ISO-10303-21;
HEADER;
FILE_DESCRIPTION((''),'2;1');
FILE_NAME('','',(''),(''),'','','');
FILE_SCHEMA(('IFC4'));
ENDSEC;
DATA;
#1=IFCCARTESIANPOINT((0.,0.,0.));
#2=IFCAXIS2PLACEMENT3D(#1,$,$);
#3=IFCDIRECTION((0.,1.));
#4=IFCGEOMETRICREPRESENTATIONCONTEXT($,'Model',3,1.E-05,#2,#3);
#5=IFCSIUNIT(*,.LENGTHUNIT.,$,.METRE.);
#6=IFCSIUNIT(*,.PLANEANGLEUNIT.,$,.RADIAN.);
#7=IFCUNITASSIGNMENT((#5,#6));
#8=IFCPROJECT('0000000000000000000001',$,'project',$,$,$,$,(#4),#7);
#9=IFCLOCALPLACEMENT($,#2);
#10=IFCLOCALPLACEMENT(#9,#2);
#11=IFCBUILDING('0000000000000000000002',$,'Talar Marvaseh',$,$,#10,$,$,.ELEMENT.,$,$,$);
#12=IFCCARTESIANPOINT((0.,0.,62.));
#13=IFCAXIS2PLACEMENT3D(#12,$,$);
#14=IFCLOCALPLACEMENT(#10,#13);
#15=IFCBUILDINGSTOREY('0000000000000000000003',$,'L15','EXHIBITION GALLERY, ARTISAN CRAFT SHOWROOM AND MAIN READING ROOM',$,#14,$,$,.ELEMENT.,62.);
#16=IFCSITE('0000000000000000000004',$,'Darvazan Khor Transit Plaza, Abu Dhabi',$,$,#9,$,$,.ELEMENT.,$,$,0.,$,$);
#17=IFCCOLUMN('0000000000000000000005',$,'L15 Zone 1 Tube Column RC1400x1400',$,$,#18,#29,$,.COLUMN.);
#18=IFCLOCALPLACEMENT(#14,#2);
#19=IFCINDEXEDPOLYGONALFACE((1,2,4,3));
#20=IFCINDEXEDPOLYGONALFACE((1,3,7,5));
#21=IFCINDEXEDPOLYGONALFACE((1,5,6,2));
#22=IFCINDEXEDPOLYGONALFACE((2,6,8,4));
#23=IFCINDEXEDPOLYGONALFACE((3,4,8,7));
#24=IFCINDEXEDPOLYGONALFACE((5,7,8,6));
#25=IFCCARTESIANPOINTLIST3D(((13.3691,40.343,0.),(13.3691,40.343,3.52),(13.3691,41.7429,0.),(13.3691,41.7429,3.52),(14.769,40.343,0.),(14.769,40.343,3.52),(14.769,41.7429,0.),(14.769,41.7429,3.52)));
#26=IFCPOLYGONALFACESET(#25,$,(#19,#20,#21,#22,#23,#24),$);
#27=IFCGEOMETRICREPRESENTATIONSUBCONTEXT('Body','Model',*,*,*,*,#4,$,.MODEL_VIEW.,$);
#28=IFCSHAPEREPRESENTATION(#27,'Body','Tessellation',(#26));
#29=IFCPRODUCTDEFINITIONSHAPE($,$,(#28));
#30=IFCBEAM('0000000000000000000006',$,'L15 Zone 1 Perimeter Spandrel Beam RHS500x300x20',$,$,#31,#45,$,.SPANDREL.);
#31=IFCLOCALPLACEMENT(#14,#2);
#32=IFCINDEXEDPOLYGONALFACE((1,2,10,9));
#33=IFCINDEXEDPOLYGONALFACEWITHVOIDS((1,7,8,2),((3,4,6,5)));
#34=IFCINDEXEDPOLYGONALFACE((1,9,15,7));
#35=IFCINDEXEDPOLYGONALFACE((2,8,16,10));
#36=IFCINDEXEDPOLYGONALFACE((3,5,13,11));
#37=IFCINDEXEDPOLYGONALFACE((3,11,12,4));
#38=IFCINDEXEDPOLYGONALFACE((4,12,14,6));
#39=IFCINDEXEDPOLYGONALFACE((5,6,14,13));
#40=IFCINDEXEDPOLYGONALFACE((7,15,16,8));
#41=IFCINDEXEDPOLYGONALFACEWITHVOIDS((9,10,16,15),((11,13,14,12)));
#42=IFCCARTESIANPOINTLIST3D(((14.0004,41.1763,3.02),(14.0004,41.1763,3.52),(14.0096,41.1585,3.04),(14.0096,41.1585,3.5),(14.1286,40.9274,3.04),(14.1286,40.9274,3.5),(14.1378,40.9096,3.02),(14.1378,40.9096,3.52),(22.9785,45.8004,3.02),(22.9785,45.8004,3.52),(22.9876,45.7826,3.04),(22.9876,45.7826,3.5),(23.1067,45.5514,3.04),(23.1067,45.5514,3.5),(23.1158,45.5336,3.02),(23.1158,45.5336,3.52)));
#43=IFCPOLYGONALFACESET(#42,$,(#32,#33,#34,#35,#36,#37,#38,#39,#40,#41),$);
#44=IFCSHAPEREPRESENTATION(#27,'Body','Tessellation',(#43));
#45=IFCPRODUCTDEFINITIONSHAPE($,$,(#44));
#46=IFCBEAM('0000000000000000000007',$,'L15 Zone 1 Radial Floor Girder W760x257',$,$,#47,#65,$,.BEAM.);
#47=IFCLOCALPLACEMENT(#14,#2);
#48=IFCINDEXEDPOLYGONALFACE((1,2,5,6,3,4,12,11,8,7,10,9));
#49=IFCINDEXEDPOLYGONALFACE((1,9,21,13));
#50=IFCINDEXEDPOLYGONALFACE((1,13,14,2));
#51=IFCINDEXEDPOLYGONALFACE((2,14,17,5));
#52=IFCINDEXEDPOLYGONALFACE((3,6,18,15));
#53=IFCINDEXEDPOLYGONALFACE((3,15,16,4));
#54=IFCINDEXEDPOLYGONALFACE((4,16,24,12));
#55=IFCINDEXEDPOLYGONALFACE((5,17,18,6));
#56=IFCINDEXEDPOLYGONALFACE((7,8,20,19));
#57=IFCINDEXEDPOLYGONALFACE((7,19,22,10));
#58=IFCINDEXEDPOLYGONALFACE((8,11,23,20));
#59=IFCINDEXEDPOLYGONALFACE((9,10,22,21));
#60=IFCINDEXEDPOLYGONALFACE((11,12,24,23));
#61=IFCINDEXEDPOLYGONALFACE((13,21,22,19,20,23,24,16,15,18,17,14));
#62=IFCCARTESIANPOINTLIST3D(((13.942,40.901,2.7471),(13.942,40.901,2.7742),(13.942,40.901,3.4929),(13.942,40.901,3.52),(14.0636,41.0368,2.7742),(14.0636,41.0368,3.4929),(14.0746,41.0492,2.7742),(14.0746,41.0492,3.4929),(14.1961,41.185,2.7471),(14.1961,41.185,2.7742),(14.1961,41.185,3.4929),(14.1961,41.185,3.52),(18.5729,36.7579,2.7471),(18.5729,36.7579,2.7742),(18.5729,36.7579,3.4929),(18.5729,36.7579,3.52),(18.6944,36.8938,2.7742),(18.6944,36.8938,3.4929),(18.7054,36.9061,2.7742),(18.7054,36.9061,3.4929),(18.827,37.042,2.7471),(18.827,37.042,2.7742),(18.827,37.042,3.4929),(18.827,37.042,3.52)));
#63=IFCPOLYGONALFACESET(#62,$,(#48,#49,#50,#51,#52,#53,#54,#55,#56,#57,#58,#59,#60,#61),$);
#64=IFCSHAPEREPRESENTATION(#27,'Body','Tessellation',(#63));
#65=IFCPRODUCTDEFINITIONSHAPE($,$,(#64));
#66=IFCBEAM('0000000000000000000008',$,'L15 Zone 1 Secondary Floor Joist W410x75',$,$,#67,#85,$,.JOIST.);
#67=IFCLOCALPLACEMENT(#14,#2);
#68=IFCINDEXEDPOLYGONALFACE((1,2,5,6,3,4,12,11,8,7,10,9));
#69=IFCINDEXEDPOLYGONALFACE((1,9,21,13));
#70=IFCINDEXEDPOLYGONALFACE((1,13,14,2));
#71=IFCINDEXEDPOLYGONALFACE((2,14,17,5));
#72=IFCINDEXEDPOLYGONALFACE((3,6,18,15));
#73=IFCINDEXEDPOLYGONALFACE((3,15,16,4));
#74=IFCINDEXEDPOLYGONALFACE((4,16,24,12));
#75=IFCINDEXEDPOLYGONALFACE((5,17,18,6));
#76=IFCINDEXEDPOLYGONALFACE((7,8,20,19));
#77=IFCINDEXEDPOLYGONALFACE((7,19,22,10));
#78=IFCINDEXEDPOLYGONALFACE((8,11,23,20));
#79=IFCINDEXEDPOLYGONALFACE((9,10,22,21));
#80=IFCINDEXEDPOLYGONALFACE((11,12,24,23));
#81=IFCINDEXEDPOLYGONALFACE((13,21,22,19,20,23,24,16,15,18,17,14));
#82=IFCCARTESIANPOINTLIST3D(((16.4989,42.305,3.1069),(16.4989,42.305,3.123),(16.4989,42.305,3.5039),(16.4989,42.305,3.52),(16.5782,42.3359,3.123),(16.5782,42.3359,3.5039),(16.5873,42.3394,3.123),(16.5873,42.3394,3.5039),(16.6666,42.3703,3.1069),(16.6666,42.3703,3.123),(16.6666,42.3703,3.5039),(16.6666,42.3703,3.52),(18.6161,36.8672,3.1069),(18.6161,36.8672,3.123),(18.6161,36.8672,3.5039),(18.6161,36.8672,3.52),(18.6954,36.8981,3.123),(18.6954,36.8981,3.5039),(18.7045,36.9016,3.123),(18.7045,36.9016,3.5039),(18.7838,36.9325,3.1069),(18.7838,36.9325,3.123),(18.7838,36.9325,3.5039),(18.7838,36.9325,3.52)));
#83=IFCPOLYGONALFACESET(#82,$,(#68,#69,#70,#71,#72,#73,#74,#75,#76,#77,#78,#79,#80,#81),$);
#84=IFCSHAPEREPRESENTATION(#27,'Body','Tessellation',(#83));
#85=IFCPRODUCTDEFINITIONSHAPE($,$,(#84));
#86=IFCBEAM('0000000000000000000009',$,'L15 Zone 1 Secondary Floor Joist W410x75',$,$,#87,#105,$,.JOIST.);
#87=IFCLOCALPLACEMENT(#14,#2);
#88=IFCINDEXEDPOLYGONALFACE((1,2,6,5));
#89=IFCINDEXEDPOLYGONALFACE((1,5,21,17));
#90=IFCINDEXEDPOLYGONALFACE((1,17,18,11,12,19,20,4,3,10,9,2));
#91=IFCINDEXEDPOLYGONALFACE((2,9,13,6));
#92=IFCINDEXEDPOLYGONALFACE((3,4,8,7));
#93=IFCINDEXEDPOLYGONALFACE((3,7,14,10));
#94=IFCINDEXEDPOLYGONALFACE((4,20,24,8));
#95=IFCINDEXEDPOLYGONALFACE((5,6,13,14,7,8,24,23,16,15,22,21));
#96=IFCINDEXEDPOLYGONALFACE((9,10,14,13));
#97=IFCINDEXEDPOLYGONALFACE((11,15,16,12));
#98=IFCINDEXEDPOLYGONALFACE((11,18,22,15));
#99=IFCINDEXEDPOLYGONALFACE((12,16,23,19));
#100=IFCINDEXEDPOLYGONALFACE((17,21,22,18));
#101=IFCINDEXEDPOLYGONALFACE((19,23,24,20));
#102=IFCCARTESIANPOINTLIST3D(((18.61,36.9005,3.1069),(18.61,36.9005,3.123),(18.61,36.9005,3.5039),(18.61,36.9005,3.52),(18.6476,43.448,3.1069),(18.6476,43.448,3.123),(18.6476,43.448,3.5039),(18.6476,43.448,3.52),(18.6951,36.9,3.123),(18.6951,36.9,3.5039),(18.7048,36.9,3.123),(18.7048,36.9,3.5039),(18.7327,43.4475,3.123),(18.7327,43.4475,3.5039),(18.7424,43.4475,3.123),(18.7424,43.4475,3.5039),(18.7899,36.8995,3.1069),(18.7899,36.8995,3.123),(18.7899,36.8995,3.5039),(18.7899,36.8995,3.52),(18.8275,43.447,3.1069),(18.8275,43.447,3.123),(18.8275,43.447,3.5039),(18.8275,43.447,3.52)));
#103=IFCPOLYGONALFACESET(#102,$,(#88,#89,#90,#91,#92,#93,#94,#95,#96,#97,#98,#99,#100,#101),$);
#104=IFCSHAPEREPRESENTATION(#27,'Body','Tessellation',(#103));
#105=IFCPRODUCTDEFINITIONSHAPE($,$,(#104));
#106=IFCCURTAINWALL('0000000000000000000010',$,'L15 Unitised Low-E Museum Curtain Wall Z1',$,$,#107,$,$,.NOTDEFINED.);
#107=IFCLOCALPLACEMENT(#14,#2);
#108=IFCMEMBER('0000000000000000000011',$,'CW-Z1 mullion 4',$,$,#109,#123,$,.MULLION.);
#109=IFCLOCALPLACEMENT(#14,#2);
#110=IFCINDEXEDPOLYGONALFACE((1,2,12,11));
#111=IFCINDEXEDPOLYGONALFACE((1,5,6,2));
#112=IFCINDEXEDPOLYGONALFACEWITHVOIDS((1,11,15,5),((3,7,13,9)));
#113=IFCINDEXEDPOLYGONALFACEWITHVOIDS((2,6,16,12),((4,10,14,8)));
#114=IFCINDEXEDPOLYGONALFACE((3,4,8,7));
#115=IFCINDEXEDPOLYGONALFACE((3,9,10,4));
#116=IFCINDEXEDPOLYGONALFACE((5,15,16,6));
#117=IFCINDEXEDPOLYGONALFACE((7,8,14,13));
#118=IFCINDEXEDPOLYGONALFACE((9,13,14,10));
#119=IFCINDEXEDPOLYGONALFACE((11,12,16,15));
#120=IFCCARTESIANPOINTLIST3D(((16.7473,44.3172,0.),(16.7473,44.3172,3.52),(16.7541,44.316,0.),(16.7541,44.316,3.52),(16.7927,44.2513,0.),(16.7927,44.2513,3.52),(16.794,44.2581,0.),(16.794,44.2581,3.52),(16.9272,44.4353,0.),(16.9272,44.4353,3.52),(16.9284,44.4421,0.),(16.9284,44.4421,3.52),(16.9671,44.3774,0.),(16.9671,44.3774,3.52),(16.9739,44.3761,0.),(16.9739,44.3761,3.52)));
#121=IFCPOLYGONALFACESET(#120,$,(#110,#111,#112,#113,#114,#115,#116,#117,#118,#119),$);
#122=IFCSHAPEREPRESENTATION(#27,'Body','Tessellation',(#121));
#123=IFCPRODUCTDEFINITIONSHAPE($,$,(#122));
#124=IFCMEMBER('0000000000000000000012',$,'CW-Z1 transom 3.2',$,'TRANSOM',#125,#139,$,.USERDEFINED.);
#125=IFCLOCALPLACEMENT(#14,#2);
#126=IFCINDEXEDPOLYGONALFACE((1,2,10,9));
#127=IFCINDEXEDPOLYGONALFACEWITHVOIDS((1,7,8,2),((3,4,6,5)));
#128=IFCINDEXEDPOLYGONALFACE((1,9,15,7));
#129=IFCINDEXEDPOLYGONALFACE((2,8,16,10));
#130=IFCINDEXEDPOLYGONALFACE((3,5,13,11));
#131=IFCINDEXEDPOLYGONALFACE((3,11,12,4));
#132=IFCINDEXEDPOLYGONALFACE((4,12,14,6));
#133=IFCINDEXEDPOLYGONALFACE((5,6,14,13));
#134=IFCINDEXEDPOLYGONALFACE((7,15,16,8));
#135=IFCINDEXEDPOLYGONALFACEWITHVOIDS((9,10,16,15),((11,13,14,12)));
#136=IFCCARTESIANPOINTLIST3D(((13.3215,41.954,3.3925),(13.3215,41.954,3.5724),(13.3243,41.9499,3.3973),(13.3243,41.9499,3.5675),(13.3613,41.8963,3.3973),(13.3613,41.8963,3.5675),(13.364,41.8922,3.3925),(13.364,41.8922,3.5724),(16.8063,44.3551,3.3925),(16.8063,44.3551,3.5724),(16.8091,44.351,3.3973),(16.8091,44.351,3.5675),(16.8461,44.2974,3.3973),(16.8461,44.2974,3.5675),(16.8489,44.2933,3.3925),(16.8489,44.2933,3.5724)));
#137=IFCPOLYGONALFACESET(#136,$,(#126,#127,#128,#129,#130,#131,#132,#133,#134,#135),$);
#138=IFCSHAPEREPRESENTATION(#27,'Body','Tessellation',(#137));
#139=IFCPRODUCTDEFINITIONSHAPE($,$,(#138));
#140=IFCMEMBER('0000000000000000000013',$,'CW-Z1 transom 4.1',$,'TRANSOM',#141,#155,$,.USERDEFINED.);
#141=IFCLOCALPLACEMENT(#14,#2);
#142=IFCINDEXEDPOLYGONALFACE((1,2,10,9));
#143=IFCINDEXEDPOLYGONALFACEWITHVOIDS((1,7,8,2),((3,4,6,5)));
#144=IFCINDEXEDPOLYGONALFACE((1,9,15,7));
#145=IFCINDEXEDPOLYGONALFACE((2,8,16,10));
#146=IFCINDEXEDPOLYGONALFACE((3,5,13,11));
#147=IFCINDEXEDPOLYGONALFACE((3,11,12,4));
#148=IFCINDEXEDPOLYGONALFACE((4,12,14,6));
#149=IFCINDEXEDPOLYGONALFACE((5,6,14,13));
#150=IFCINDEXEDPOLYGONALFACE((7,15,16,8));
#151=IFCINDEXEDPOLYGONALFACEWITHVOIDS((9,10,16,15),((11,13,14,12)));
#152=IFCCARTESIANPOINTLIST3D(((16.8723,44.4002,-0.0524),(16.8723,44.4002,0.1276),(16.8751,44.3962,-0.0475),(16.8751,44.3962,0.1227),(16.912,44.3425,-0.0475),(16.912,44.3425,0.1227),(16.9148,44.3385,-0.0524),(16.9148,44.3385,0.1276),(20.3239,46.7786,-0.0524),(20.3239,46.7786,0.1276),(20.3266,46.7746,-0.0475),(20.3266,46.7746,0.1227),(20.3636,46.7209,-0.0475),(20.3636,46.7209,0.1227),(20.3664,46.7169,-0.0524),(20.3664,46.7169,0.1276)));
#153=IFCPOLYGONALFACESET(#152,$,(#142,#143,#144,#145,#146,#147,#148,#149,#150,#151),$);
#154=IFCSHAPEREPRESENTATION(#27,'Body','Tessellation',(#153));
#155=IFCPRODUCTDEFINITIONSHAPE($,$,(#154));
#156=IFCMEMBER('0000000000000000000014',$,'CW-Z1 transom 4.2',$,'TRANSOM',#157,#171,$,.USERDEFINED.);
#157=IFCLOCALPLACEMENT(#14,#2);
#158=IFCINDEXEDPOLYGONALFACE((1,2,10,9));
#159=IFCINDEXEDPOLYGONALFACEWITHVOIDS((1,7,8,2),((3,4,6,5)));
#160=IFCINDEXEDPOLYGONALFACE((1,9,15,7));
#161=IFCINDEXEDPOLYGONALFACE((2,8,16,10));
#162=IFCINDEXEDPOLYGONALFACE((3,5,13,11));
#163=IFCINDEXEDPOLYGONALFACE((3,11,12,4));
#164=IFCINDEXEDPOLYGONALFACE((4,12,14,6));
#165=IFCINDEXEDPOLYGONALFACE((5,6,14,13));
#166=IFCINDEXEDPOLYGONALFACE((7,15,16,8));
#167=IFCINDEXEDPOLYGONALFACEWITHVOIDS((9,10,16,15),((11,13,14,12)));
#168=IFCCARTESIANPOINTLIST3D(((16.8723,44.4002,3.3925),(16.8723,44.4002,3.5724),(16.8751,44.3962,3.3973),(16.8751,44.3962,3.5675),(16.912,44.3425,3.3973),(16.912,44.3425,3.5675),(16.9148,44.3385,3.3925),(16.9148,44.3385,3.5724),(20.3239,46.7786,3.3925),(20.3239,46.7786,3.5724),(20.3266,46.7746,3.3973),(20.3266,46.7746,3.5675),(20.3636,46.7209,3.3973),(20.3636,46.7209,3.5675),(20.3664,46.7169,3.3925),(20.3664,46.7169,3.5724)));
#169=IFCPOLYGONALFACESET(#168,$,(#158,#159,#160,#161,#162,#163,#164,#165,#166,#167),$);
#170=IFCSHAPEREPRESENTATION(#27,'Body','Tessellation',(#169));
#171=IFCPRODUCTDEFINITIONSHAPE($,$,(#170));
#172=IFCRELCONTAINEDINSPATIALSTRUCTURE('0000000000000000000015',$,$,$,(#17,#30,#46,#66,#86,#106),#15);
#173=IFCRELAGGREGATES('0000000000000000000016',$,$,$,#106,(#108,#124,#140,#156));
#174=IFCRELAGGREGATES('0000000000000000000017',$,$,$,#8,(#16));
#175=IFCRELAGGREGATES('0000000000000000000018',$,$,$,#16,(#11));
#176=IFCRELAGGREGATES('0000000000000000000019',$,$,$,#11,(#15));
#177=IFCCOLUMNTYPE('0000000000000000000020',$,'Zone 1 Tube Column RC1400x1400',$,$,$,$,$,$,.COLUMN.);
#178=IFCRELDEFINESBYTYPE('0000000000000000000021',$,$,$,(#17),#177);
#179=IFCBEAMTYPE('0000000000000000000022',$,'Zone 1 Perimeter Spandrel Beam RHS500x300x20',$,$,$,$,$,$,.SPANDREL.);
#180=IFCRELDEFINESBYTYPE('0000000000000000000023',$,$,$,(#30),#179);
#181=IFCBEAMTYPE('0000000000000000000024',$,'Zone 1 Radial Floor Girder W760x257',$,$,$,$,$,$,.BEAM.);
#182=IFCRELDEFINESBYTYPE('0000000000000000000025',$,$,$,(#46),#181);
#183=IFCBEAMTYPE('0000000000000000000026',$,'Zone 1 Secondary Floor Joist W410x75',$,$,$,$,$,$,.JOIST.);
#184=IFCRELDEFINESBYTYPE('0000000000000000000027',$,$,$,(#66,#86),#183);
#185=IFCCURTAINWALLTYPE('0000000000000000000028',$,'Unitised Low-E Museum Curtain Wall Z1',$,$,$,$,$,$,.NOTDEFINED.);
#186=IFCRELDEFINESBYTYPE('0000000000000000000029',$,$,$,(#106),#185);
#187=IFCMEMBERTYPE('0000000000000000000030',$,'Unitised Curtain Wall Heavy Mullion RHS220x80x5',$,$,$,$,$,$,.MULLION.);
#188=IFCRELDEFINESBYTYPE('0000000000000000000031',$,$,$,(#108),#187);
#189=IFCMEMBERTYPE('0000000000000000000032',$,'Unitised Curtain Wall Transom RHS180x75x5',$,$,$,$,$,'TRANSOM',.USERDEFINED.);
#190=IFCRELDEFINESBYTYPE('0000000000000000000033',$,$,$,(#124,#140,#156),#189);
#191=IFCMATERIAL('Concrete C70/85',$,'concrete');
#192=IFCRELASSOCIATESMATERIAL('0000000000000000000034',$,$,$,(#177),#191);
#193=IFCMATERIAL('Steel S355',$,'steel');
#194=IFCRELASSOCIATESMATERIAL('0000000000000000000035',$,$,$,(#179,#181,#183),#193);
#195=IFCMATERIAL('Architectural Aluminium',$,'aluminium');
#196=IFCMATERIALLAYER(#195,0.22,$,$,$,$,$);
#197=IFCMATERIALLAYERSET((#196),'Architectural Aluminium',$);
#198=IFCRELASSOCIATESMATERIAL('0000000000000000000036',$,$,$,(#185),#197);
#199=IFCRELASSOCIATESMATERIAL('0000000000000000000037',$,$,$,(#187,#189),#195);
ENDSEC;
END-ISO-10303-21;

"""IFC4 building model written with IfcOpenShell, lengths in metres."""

from ifc_helpers import new_model, si_unit, direction, frame, origin, origin_2d, place, context, subcontext, project, spatial, rectangle, hollow_rectangle, i_section, extrude, source, transform, mapped, material, layer, layer_set, material_profile, profile_set, type_object, type_shapes, element, aggregate, save


model = new_model("IFC4")

# Units and contexts
model_context = context("Model", 3, precision=1e-05, world=origin(), true_north=direction((0.0, 1.0)))
body_context = subcontext(model_context, "Body", "Model", "MODEL_VIEW")
ifc_project = project(units=[si_unit("LENGTHUNIT", "METRE"), si_unit("PLANEANGLEUNIT", "RADIAN")], contexts=[model_context])

# Site, building, storey
site_placement = place(None, origin())
site = spatial("IfcSite", under=ifc_project, at=site_placement, Name="Darvazan Khor Transit Plaza, Abu Dhabi", CompositionType="ELEMENT", RefElevation=0.0)
building_placement = place(site_placement, origin())
building = spatial("IfcBuilding", under=site, at=building_placement, Name="Talar Marvaseh", CompositionType="ELEMENT")
storey_placement = place(building_placement, frame((0.0, 0.0, 62.0)))
storey = spatial("IfcBuildingStorey", under=building, at=storey_placement, Name="L15", Description="EXHIBITION GALLERY, ARTISAN CRAFT SHOWROOM AND MAIN READING ROOM", CompositionType="ELEMENT", Elevation=62.0)

# Column
ifc_material_1 = material(Name="Concrete C70/85", Category="concrete")
ifc_material_profile_1 = material_profile(ifc_material_1, rectangle(XDim=1.3999, YDim=1.3999, at=origin_2d()), Name="RC1400x1400")
ifc_profile_set_1 = profile_set([ifc_material_profile_1], Name="Concrete C70/85")
column_type = type_object("IfcColumnType", Name="Zone 1 Tube Column RC1400x1400", PredefinedType="COLUMN", material=ifc_profile_set_1)
column_placement = place(storey_placement, frame((14.0691, 41.043, 0.0), z_axis=(0.0, 0.0, 1.0), x_axis=(1.0, 0.0, 0.0)))
element("IfcColumn", 1, at=column_placement, inside=storey, type_object=column_type, Name="L15 Zone 1 Tube Column RC1400x1400", PredefinedType="COLUMN", context=body_context, shape_type="SweptSolid", body=[
    extrude(rectangle(XDim=1.3999, YDim=1.3999, at=origin_2d()), origin(), (0.0, 0.0, 1.0), 3.52),
])

# Beams
ifc_material_2 = material(Name="Steel S355", Category="steel")
ifc_material_profile_2 = material_profile(ifc_material_2, hollow_rectangle(XDim=0.3, YDim=0.5, WallThickness=0.02, at=origin_2d()), Name="RHS500x300x20")
ifc_profile_set_2 = profile_set([ifc_material_profile_2], Name="Steel S355")
beam_type_1 = type_object("IfcBeamType", Name="Zone 1 Perimeter Spandrel Beam RHS500x300x20", PredefinedType="SPANDREL", material=ifc_profile_set_2)
beam_1_placement = place(storey_placement, frame((14.0691, 41.043, 3.27), z_axis=(0.889016, 0.457877, 0.0), x_axis=(-0.457877, 0.889016, 0.0)))
element("IfcBeam", 2, at=beam_1_placement, inside=storey, type_object=beam_type_1, Name="L15 Zone 1 Perimeter Spandrel Beam RHS500x300x20", PredefinedType="SPANDREL", context=body_context, shape_type="SweptSolid", body=[
    extrude(hollow_rectangle(XDim=0.3, YDim=0.5, WallThickness=0.02, at=origin_2d()), origin(), (0.0, 0.0, 1.0), 10.0989),
])
ifc_material_profile_3 = material_profile(ifc_material_2, i_section(OverallWidth=0.3811, OverallDepth=0.7729, WebThickness=0.0166, FlangeThickness=0.0271, at=origin_2d()), Name="W760x257")
ifc_profile_set_3 = profile_set([ifc_material_profile_3], Name="Steel S355")
beam_type_2 = type_object("IfcBeamType", Name="Zone 1 Radial Floor Girder W760x257", PredefinedType="BEAM", material=ifc_profile_set_3)
beam_2_placement = place(storey_placement, frame((14.0691, 41.043, 3.1335), z_axis=(0.745268, -0.666765, 0.0), x_axis=(0.666765, 0.745268, 0.0)))
element("IfcBeam", 3, at=beam_2_placement, inside=storey, type_object=beam_type_2, Name="L15 Zone 1 Radial Floor Girder W760x257", PredefinedType="BEAM", context=body_context, shape_type="SweptSolid", body=[
    extrude(i_section(OverallWidth=0.3811, OverallDepth=0.7729, WebThickness=0.0166, FlangeThickness=0.0271, at=origin_2d()), origin(), (0.0, 0.0, 1.0), 6.2136),
])
ifc_material_profile_4 = material_profile(ifc_material_2, i_section(OverallWidth=0.1799, OverallDepth=0.4131, WebThickness=0.0098, FlangeThickness=0.0161, at=origin_2d()), Name="W410x75")
ifc_profile_set_4 = profile_set([ifc_material_profile_4], Name="Steel S355")
beam_type_3 = type_object("IfcBeamType", Name="Zone 1 Secondary Floor Joist W410x75", PredefinedType="JOIST", material=ifc_profile_set_4)
beam_3_placement = place(storey_placement, frame((16.5828, 42.3376, 3.3135), z_axis=(0.36282, -0.931859, 0.0), x_axis=(0.931859, 0.36282, 0.0)))
element("IfcBeam", 4, at=beam_3_placement, inside=storey, type_object=beam_type_3, Name="L15 Zone 1 Secondary Floor Joist W410x75", PredefinedType="JOIST", context=body_context, shape_type="SweptSolid", body=[
    extrude(i_section(OverallWidth=0.1799, OverallDepth=0.4131, WebThickness=0.0098, FlangeThickness=0.0161, at=origin_2d()), origin(), (0.0, 0.0, 1.0), 5.8354),
])
beam_4_placement = place(storey_placement, frame((18.7375, 43.4475, 3.3135), z_axis=(-0.005742, -0.999984, 0.0), x_axis=(0.999984, -0.005742, 0.0)))
element("IfcBeam", 5, at=beam_4_placement, inside=storey, type_object=beam_type_3, Name="L15 Zone 1 Secondary Floor Joist W410x75", PredefinedType="JOIST", context=body_context, shape_type="SweptSolid", body=[
    extrude(i_section(OverallWidth=0.1799, OverallDepth=0.4131, WebThickness=0.0098, FlangeThickness=0.0161, at=origin_2d()), origin(), (0.0, 0.0, 1.0), 6.5476),
])

# Curtain wall, members
ifc_material_3 = material(Name="Architectural Aluminium", Category="aluminium")
ifc_layer_1 = layer(ifc_material_3, 0.22)
ifc_layer_set_1 = layer_set([ifc_layer_1], Name="Architectural Aluminium")
curtain_wall_type = type_object("IfcCurtainWallType", Name="Unitised Low-E Museum Curtain Wall Z1", PredefinedType="NOTDEFINED", material=ifc_layer_set_1)
curtain_wall_placement = place(storey_placement, origin())
curtain_wall = element("IfcCurtainWall", 6, at=curtain_wall_placement, inside=storey, type_object=curtain_wall_type, Name="L15 Unitised Low-E Museum Curtain Wall Z1", PredefinedType="NOTDEFINED")
ifc_material_profile_5 = material_profile(ifc_material_3, hollow_rectangle(XDim=0.0801, YDim=0.22, WallThickness=0.0049, at=origin_2d()), Name="RHS220x80x5")
ifc_profile_set_5 = profile_set([ifc_material_profile_5], Name="Architectural Aluminium")
member_type_1 = type_object("IfcMemberType", Name="Unitised Curtain Wall Heavy Mullion RHS220x80x5", PredefinedType="MULLION", material=ifc_profile_set_5)
shared_shape_1 = source(origin(), body_context, "Body", "SweptSolid", [
    extrude(hollow_rectangle(XDim=0.0801, YDim=0.22, WallThickness=0.0049, at=origin_2d()), origin(), (0.0, 0.0, 1.0), 3.52),
])
type_shapes(member_type_1, [shared_shape_1])
member_1_placement = place(storey_placement, frame((16.8606, 44.3467, 0.0), z_axis=(0.0, 0.0, 1.0), x_axis=(-0.567383, 0.823454, 0.0)))
member_1 = element("IfcMember", 7, at=member_1_placement, type_object=member_type_1, Name="CW-Z1 mullion 4", PredefinedType="MULLION", context=body_context, shape_type="MappedRepresentation", body=[
    mapped(shared_shape_1, transform((0.0, 0.0, 0.0), x_axis=(1.0, 0.0, 0.0), y_axis=(0.0, 1.0, 0.0), z_axis=(0.0, 0.0, 1.0), scale=1.0)),
])
ifc_material_profile_6 = material_profile(ifc_material_3, hollow_rectangle(XDim=0.075, YDim=0.1799, WallThickness=0.0049, at=origin_2d()), Name="RHS180x75x5")
ifc_profile_set_6 = profile_set([ifc_material_profile_6], Name="Architectural Aluminium")
member_type_2 = type_object("IfcMemberType", Name="Unitised Curtain Wall Transom RHS180x75x5", ElementType="TRANSOM", PredefinedType="USERDEFINED", material=ifc_profile_set_6)
shared_shape_2 = source(origin(), body_context, "Body", "SweptSolid", [
    extrude(hollow_rectangle(XDim=0.075, YDim=0.1799, WallThickness=0.0049, at=origin_2d()), origin(), (0.0, 0.0, 1.0), 4.2319),
])
member_2_placement = place(storey_placement, frame((13.3428, 41.9231, 3.4824), z_axis=(0.823459, 0.567376, 0.0), x_axis=(-0.567376, 0.823459, 0.0)))
member_2 = element("IfcMember", 8, at=member_2_placement, type_object=member_type_2, Name="CW-Z1 transom 3.2", ObjectType="TRANSOM", PredefinedType="USERDEFINED", context=body_context, shape_type="MappedRepresentation", body=[
    mapped(shared_shape_2, transform((0.0, 0.0, 0.0), x_axis=(1.0, 0.0, 0.0), y_axis=(0.0, 1.0, 0.0), z_axis=(0.0, 0.0, 1.0), scale=1.0)),
])
shared_shape_3 = source(origin(), body_context, "Body", "SweptSolid", [
    extrude(hollow_rectangle(XDim=0.075, YDim=0.1799, WallThickness=0.0049, at=origin_2d()), origin(), (0.0, 0.0, 1.0), 4.1917),
])
type_shapes(member_type_2, [shared_shape_2, shared_shape_3])
member_3_placement = place(storey_placement, frame((16.8936, 44.3694, 0.0376), z_axis=(0.82344, 0.567404, 0.0), x_axis=(-0.567404, 0.82344, 0.0)))
member_3 = element("IfcMember", 9, at=member_3_placement, type_object=member_type_2, Name="CW-Z1 transom 4.1", ObjectType="TRANSOM", PredefinedType="USERDEFINED", context=body_context, shape_type="MappedRepresentation", body=[
    mapped(shared_shape_3, transform((0.0, 0.0, 0.0), x_axis=(1.0, 0.0, 0.0), y_axis=(0.0, 1.0, 0.0), z_axis=(0.0, 0.0, 1.0), scale=1.0)),
])
member_4_placement = place(storey_placement, frame((16.8936, 44.3694, 3.4824), z_axis=(0.82344, 0.567404, 0.0), x_axis=(-0.567404, 0.82344, 0.0)))
member_4 = element("IfcMember", 10, at=member_4_placement, type_object=member_type_2, Name="CW-Z1 transom 4.2", ObjectType="TRANSOM", PredefinedType="USERDEFINED", context=body_context, shape_type="MappedRepresentation", body=[
    mapped(shared_shape_3, transform((0.0, 0.0, 0.0), x_axis=(1.0, 0.0, 0.0), y_axis=(0.0, 1.0, 0.0), z_axis=(0.0, 0.0, 1.0), scale=1.0)),
])
aggregate(curtain_wall, [member_1, member_2, member_3, member_4])

save(model, "model.ifc")
